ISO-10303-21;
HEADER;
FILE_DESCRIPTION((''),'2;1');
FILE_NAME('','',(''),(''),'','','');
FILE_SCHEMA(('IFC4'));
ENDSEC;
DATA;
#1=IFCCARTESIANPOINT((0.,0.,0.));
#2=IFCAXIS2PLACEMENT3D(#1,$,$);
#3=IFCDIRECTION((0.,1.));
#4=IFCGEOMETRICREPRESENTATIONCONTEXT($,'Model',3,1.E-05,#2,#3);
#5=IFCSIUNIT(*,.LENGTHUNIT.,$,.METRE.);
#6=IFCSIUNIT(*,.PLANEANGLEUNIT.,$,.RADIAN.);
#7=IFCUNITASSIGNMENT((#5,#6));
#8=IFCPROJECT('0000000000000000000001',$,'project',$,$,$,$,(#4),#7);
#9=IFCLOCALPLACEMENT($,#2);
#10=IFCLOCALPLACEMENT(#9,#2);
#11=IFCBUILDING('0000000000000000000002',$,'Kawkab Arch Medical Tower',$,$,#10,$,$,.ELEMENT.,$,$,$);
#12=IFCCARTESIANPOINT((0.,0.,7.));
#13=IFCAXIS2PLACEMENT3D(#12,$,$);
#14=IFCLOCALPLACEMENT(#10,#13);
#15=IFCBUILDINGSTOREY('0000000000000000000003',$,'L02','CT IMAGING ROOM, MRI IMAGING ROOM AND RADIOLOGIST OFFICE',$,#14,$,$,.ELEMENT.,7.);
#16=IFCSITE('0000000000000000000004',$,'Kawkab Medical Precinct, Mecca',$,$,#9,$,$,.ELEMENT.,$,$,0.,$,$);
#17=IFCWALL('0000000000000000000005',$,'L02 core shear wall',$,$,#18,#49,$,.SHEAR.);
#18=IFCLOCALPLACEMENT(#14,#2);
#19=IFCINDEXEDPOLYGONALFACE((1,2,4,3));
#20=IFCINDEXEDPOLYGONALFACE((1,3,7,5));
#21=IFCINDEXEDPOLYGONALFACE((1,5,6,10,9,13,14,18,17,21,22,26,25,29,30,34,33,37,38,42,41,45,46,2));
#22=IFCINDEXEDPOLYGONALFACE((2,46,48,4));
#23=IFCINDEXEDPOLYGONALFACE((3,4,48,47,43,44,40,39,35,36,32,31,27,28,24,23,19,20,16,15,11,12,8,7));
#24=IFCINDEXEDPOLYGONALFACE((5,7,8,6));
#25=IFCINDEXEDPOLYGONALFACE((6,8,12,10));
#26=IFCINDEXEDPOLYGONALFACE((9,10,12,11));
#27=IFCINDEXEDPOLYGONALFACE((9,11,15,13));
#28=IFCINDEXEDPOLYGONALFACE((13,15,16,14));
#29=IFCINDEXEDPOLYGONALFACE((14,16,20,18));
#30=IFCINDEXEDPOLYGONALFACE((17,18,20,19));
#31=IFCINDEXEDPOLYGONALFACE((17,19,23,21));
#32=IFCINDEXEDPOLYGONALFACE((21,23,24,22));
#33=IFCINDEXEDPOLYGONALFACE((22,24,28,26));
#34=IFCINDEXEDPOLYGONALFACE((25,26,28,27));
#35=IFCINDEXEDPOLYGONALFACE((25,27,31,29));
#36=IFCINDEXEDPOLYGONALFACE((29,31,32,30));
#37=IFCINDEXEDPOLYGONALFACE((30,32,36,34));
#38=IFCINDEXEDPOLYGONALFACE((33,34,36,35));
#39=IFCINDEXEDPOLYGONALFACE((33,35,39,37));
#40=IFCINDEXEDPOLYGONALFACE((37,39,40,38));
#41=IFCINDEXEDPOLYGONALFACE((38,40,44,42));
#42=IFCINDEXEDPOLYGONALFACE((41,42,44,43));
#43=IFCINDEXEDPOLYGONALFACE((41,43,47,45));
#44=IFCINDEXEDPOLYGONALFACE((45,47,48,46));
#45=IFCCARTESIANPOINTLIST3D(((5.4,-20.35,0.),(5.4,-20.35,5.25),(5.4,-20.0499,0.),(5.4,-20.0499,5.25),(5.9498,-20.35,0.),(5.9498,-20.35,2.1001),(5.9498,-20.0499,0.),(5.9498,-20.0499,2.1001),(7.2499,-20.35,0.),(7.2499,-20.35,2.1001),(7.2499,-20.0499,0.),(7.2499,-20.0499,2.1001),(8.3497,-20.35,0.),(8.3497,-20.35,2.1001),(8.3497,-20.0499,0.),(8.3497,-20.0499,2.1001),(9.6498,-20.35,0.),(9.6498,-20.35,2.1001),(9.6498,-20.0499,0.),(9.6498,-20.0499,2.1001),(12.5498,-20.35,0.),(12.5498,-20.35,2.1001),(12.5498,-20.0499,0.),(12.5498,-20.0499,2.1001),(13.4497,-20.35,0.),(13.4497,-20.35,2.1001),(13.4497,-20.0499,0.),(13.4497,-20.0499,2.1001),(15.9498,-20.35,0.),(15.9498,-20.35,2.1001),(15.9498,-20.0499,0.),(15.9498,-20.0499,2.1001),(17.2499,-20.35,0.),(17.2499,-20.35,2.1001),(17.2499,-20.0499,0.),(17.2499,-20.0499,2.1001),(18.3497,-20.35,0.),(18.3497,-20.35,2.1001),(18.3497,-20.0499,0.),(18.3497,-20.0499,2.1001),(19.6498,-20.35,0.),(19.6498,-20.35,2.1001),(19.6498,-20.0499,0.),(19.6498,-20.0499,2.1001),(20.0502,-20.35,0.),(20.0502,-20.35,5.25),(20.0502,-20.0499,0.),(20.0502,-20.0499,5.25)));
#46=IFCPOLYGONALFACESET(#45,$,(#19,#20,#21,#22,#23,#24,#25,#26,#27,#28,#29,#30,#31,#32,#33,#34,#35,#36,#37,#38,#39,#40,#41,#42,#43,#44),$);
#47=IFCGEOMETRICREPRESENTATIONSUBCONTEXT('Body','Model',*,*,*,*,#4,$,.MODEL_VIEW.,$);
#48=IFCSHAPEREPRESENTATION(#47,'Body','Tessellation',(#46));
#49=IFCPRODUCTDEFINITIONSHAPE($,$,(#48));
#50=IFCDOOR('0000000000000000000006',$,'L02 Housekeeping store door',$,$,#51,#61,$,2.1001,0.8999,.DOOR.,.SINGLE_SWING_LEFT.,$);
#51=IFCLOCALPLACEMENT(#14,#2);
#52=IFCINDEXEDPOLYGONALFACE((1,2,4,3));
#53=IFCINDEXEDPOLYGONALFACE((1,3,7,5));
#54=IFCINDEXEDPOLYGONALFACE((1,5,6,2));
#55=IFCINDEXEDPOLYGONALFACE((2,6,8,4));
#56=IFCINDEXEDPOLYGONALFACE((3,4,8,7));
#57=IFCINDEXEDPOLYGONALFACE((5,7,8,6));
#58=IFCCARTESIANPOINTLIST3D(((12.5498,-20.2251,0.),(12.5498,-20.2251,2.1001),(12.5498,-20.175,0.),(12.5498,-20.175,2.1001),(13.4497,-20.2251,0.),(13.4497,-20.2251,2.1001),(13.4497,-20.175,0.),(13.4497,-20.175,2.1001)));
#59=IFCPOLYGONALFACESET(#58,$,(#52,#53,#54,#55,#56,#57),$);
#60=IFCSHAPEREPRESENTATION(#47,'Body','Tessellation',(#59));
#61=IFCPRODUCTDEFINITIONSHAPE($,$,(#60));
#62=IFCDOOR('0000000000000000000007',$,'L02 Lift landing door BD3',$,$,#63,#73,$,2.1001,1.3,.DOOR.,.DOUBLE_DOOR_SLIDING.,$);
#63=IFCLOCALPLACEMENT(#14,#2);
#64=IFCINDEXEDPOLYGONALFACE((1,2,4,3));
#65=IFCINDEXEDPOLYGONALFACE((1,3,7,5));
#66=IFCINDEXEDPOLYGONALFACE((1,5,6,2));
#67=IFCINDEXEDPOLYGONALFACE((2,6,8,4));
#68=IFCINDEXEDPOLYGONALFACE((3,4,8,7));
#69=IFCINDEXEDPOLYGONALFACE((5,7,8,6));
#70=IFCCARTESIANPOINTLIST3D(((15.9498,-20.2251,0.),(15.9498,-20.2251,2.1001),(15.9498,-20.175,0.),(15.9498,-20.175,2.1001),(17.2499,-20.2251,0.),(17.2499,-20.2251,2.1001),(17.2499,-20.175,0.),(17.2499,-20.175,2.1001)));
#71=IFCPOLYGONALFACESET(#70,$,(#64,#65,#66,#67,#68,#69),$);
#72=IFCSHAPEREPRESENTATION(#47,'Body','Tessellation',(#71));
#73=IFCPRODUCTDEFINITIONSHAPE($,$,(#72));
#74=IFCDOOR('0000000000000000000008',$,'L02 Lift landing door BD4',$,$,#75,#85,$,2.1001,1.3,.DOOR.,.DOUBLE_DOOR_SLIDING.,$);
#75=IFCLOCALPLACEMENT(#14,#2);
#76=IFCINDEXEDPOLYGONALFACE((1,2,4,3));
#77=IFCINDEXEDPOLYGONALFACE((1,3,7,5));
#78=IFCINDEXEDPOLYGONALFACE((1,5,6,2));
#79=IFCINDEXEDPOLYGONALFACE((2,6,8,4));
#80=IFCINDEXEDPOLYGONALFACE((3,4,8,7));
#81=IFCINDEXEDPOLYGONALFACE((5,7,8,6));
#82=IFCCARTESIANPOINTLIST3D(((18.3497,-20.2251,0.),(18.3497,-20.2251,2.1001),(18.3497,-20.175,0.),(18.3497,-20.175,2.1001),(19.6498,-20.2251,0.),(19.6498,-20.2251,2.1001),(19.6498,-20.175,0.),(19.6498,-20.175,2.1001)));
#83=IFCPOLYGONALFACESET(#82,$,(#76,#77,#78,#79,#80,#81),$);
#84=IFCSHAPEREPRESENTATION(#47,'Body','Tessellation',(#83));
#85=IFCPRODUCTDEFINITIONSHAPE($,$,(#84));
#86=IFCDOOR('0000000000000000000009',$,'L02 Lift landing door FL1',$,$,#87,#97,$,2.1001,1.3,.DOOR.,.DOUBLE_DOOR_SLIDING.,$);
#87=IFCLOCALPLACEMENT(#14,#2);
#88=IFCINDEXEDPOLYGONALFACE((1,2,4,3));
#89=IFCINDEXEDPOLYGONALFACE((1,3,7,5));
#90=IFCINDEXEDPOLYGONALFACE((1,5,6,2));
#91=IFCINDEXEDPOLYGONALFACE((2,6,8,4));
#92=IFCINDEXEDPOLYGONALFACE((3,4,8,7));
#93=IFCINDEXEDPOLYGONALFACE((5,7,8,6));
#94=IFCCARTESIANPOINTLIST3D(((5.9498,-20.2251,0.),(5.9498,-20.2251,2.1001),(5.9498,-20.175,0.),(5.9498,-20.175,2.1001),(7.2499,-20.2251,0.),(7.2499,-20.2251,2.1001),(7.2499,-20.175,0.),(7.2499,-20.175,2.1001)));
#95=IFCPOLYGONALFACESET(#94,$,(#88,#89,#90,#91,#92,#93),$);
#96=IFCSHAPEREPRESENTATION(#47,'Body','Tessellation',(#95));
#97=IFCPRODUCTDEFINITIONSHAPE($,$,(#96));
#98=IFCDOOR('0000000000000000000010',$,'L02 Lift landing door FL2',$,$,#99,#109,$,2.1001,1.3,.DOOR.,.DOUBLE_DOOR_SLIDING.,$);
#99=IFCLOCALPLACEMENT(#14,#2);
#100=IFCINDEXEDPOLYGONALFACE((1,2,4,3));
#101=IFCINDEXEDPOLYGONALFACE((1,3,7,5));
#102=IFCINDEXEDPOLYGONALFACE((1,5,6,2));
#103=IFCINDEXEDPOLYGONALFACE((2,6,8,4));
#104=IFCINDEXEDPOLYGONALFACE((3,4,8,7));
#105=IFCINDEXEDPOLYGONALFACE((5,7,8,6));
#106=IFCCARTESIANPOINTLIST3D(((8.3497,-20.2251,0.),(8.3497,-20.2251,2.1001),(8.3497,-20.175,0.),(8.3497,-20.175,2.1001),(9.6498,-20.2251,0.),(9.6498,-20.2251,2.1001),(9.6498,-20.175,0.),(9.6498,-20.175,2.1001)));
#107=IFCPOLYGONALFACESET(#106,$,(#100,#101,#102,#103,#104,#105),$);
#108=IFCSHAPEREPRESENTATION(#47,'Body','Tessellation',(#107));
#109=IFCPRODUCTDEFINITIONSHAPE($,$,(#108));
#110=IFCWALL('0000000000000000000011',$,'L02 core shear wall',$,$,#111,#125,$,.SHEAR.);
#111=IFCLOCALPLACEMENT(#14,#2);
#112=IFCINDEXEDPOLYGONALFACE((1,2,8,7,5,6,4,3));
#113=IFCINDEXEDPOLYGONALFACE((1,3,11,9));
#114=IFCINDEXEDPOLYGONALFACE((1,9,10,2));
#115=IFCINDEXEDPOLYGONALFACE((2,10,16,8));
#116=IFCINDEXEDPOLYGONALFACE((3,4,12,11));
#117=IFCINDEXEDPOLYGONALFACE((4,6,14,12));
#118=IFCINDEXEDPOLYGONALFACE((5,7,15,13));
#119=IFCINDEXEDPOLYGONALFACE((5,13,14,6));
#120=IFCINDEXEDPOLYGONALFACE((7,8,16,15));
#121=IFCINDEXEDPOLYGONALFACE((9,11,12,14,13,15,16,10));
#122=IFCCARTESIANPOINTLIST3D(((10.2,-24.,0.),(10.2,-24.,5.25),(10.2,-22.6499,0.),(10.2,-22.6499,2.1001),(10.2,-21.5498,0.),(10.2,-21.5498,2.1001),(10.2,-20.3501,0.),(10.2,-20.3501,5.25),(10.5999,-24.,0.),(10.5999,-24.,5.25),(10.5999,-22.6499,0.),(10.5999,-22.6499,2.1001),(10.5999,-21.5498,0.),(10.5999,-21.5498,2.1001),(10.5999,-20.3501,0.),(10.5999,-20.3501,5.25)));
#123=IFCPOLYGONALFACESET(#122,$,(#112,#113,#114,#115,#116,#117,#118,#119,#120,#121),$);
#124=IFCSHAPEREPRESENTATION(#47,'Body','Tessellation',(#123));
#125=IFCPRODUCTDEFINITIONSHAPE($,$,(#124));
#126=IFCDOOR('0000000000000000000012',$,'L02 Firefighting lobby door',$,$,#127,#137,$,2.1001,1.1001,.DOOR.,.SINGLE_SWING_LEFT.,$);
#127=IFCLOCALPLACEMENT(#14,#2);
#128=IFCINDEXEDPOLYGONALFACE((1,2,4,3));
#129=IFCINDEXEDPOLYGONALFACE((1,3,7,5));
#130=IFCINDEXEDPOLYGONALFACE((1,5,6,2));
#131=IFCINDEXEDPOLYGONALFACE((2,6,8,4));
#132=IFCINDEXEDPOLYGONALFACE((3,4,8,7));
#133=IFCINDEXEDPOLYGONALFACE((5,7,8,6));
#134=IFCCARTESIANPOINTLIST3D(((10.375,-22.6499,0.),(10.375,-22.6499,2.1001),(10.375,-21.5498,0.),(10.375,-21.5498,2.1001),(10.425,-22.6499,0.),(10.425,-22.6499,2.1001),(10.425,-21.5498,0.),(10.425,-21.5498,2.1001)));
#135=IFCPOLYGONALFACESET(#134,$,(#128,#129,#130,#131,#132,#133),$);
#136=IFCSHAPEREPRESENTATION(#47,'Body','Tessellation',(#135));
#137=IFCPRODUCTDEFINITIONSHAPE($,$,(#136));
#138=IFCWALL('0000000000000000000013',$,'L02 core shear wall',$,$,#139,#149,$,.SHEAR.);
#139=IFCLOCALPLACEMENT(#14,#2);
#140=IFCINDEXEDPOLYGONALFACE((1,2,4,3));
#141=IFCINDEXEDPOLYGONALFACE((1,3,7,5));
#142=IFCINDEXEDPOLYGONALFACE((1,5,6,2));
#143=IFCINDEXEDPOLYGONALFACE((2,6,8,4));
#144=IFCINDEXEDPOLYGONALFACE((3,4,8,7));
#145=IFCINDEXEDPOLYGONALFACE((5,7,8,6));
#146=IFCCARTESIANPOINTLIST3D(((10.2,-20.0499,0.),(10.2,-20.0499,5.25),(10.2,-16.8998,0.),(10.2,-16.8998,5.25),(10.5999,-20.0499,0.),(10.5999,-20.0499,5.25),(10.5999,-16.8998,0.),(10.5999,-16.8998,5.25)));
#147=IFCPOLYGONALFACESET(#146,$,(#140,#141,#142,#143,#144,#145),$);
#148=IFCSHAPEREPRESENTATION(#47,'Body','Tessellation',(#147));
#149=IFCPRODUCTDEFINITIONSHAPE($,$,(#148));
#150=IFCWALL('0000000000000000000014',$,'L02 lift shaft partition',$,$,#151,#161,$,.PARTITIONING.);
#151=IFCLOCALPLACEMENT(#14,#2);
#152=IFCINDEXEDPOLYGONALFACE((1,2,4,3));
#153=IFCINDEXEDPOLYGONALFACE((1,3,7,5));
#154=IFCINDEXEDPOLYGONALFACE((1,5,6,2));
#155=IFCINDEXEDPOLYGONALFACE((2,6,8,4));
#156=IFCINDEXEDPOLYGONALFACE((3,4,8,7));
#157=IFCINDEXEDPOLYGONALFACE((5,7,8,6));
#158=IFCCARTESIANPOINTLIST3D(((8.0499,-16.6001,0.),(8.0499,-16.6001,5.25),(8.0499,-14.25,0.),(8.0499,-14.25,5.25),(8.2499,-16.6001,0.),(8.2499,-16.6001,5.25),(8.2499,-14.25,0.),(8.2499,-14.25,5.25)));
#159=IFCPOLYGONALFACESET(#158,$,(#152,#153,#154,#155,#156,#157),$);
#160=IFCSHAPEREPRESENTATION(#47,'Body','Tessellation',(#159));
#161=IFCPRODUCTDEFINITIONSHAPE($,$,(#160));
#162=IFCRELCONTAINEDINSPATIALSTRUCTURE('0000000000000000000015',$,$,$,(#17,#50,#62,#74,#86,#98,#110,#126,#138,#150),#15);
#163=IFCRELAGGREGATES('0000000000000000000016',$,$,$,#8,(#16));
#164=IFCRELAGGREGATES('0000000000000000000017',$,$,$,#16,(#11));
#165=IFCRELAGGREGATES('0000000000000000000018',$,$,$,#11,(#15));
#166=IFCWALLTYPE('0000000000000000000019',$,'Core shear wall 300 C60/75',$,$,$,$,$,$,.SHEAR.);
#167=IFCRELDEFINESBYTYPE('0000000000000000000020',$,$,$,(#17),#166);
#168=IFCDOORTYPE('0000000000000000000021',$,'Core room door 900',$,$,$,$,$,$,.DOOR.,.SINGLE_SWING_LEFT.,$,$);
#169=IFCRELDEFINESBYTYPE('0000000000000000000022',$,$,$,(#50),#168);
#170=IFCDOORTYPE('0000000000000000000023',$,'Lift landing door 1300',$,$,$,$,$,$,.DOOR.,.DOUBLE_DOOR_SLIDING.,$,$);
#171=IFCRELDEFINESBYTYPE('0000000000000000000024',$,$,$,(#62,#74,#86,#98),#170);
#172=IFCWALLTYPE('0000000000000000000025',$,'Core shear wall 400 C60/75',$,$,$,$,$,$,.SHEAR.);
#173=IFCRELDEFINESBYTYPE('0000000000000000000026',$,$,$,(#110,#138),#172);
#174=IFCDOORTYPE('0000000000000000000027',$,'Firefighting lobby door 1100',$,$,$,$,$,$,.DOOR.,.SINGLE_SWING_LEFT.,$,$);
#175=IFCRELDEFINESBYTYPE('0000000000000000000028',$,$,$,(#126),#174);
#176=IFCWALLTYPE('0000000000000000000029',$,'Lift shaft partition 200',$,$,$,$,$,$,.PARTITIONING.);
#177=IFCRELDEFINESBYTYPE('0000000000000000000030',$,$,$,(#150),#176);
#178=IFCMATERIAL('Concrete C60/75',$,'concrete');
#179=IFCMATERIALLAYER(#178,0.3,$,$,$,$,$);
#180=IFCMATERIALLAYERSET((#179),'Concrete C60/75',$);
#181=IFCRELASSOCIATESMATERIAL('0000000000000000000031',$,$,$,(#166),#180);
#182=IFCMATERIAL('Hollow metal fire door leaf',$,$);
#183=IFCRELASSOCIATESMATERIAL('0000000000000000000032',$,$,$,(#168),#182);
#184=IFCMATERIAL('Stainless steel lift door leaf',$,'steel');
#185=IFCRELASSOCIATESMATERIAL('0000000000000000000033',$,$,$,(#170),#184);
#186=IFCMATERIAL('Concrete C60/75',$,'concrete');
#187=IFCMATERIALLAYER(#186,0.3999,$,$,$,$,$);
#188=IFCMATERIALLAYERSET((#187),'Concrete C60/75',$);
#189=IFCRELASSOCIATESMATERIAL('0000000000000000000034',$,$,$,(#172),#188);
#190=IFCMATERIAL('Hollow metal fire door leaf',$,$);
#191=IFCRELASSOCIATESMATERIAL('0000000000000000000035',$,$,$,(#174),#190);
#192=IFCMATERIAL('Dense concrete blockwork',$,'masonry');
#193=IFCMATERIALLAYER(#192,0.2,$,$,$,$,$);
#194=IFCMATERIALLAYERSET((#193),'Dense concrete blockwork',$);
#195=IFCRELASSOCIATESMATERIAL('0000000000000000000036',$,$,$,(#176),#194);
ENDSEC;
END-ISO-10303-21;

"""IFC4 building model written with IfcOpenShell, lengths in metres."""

from ifc_helpers import new_model, si_unit, direction, frame, frame_2d, origin, place, context, subcontext, project, spatial, rectangle, extrude, material, layer, layer_set, type_object, element, fill, save


model = new_model("IFC4")

# Units and contexts
model_context = context("Model", 3, precision=1e-05, world=origin(), true_north=direction((0.0, 1.0)))
body_context = subcontext(model_context, "Body", "Model", "MODEL_VIEW")
ifc_project = project(units=[si_unit("LENGTHUNIT", "METRE"), si_unit("PLANEANGLEUNIT", "RADIAN")], contexts=[model_context])

# Site, building, storey
site_placement = place(None, origin())
site = spatial("IfcSite", under=ifc_project, at=site_placement, Name="Kawkab Medical Precinct, Mecca", CompositionType="ELEMENT", RefElevation=0.0)
building_placement = place(site_placement, origin())
building = spatial("IfcBuilding", under=site, at=building_placement, Name="Kawkab Arch Medical Tower", CompositionType="ELEMENT")
storey_placement = place(building_placement, frame((0.0, 0.0, 7.0)))
storey = spatial("IfcBuildingStorey", under=building, at=storey_placement, Name="L02", Description="CT IMAGING ROOM, MRI IMAGING ROOM AND RADIOLOGIST OFFICE", CompositionType="ELEMENT", Elevation=7.0)

# Shared definitions
ifc_material_1 = material(Name="Concrete C60/75", Category="concrete")
ifc_layer_1 = layer(ifc_material_1, 0.3)
ifc_layer_set_1 = layer_set([ifc_layer_1], Name="Concrete C60/75")
wall_type_1 = type_object("IfcWallType", Name="Core shear wall 300 C60/75", PredefinedType="SHEAR", material=ifc_layer_set_1)

# Wall, openings, doors
wall_1_placement = place(storey_placement, frame((5.3999, -20.2, 0.0), z_axis=(0.0, 0.0, 1.0), x_axis=(1.0, 0.0, 0.0)))
wall_1 = element("IfcWall", 1, at=wall_1_placement, inside=storey, type_object=wall_type_1, Name="L02 core shear wall", PredefinedType="SHEAR", context=body_context, shape_type="SweptSolid", body=[
    extrude(rectangle(XDim=14.6501, YDim=0.3, at=frame_2d((7.3252, 0.0))), origin(), (0.0, 0.0, 1.0), 5.25),
])
opening_1_placement = place(wall_1_placement, frame((10.55, 0.0, 0.0)))
opening_1 = element("IfcOpeningElement", 2, at=opening_1_placement, cuts=wall_1, PredefinedType="OPENING", context=body_context, shape_type="SweptSolid", body=[
    extrude(rectangle(XDim=1.3, YDim=2.1001, at=frame_2d((0.6499, 1.05))), frame((0.0, 0.1599, 0.0), z_axis=(0.0, -1.0, 0.0), x_axis=(1.0, 0.0, 0.0)), (0.0, 0.0, 1.0), 0.3201),
])
opening_2_placement = place(wall_1_placement, frame((12.95, 0.0, 0.0)))
opening_2 = element("IfcOpeningElement", 3, at=opening_2_placement, cuts=wall_1, PredefinedType="OPENING", context=body_context, shape_type="SweptSolid", body=[
    extrude(rectangle(XDim=1.3, YDim=2.1001, at=frame_2d((0.6499, 1.05))), frame((0.0, 0.1599, 0.0), z_axis=(0.0, -1.0, 0.0), x_axis=(1.0, 0.0, 0.0)), (0.0, 0.0, 1.0), 0.3201),
])
opening_3_placement = place(wall_1_placement, frame((0.55, 0.0, 0.0)))
opening_3 = element("IfcOpeningElement", 4, at=opening_3_placement, cuts=wall_1, PredefinedType="OPENING", context=body_context, shape_type="SweptSolid", body=[
    extrude(rectangle(XDim=1.3, YDim=2.1001, at=frame_2d((0.6499, 1.05))), frame((0.0, 0.1599, 0.0), z_axis=(0.0, -1.0, 0.0), x_axis=(1.0, 0.0, 0.0)), (0.0, 0.0, 1.0), 0.3201),
])
opening_4_placement = place(wall_1_placement, frame((2.95, 0.0, 0.0)))
opening_4 = element("IfcOpeningElement", 5, at=opening_4_placement, cuts=wall_1, PredefinedType="OPENING", context=body_context, shape_type="SweptSolid", body=[
    extrude(rectangle(XDim=1.3, YDim=2.1001, at=frame_2d((0.6499, 1.05))), frame((0.0, 0.1599, 0.0), z_axis=(0.0, -1.0, 0.0), x_axis=(1.0, 0.0, 0.0)), (0.0, 0.0, 1.0), 0.3201),
])
opening_5_placement = place(wall_1_placement, frame((7.1499, 0.0, 0.0)))
opening_5 = element("IfcOpeningElement", 6, at=opening_5_placement, cuts=wall_1, PredefinedType="OPENING", context=body_context, shape_type="SweptSolid", body=[
    extrude(rectangle(XDim=0.8999, YDim=2.1001, at=frame_2d((0.45, 1.05))), frame((0.0, 0.1599, 0.0), z_axis=(0.0, -1.0, 0.0), x_axis=(1.0, 0.0, 0.0)), (0.0, 0.0, 1.0), 0.3201),
])
ifc_material_2 = material(Name="Hollow metal fire door leaf")
door_type_1 = type_object("IfcDoorType", Name="Core room door 900", OperationType="SINGLE_SWING_LEFT", PredefinedType="DOOR", material=ifc_material_2)
door_1_placement = place(opening_5_placement, origin())
door_1 = element("IfcDoor", 7, at=door_1_placement, inside=storey, type_object=door_type_1, Name="L02 Housekeeping store door", OperationType="SINGLE_SWING_LEFT", OverallHeight=2.1001, OverallWidth=0.8999, PredefinedType="DOOR", context=body_context, shape_type="SweptSolid", body=[
    extrude(rectangle(XDim=0.8999, YDim=2.1001, at=frame_2d((0.45, 1.05))), frame((0.0, 0.0249, 0.0), z_axis=(0.0, -1.0, 0.0), x_axis=(1.0, 0.0, 0.0)), (0.0, 0.0, 1.0), 0.05),
])
fill(opening_5, door_1)
ifc_material_3 = material(Name="Stainless steel lift door leaf", Category="steel")
door_type_2 = type_object("IfcDoorType", Name="Lift landing door 1300", OperationType="DOUBLE_DOOR_SLIDING", PredefinedType="DOOR", material=ifc_material_3)
door_2_placement = place(opening_1_placement, origin())
door_2 = element("IfcDoor", 8, at=door_2_placement, inside=storey, type_object=door_type_2, Name="L02 Lift landing door BD3", OperationType="DOUBLE_DOOR_SLIDING", OverallHeight=2.1001, OverallWidth=1.3, PredefinedType="DOOR", context=body_context, shape_type="SweptSolid", body=[
    extrude(rectangle(XDim=1.3, YDim=2.1001, at=frame_2d((0.6499, 1.05))), frame((0.0, 0.0249, 0.0), z_axis=(0.0, -1.0, 0.0), x_axis=(1.0, 0.0, 0.0)), (0.0, 0.0, 1.0), 0.05),
])
fill(opening_1, door_2)
door_3_placement = place(opening_2_placement, origin())
door_3 = element("IfcDoor", 9, at=door_3_placement, inside=storey, type_object=door_type_2, Name="L02 Lift landing door BD4", OperationType="DOUBLE_DOOR_SLIDING", OverallHeight=2.1001, OverallWidth=1.3, PredefinedType="DOOR", context=body_context, shape_type="SweptSolid", body=[
    extrude(rectangle(XDim=1.3, YDim=2.1001, at=frame_2d((0.6499, 1.05))), frame((0.0, 0.0249, 0.0), z_axis=(0.0, -1.0, 0.0), x_axis=(1.0, 0.0, 0.0)), (0.0, 0.0, 1.0), 0.05),
])
fill(opening_2, door_3)
door_4_placement = place(opening_3_placement, origin())
door_4 = element("IfcDoor", 10, at=door_4_placement, inside=storey, type_object=door_type_2, Name="L02 Lift landing door FL1", OperationType="DOUBLE_DOOR_SLIDING", OverallHeight=2.1001, OverallWidth=1.3, PredefinedType="DOOR", context=body_context, shape_type="SweptSolid", body=[
    extrude(rectangle(XDim=1.3, YDim=2.1001, at=frame_2d((0.6499, 1.05))), frame((0.0, 0.0249, 0.0), z_axis=(0.0, -1.0, 0.0), x_axis=(1.0, 0.0, 0.0)), (0.0, 0.0, 1.0), 0.05),
])
fill(opening_3, door_4)
door_5_placement = place(opening_4_placement, origin())
door_5 = element("IfcDoor", 11, at=door_5_placement, inside=storey, type_object=door_type_2, Name="L02 Lift landing door FL2", OperationType="DOUBLE_DOOR_SLIDING", OverallHeight=2.1001, OverallWidth=1.3, PredefinedType="DOOR", context=body_context, shape_type="SweptSolid", body=[
    extrude(rectangle(XDim=1.3, YDim=2.1001, at=frame_2d((0.6499, 1.05))), frame((0.0, 0.0249, 0.0), z_axis=(0.0, -1.0, 0.0), x_axis=(1.0, 0.0, 0.0)), (0.0, 0.0, 1.0), 0.05),
])
fill(opening_4, door_5)

# Wall, opening, door
ifc_material_4 = material(Name="Concrete C60/75", Category="concrete")
ifc_layer_2 = layer(ifc_material_4, 0.3999)
ifc_layer_set_2 = layer_set([ifc_layer_2], Name="Concrete C60/75")
wall_type_2 = type_object("IfcWallType", Name="Core shear wall 400 C60/75", PredefinedType="SHEAR", material=ifc_layer_set_2)
wall_2_placement = place(storey_placement, frame((10.3999, -24.0, 0.0), z_axis=(0.0, 0.0, 1.0), x_axis=(0.0, 1.0, 0.0)))
wall_2 = element("IfcWall", 12, at=wall_2_placement, inside=storey, type_object=wall_type_2, Name="L02 core shear wall", PredefinedType="SHEAR", context=body_context, shape_type="SweptSolid", body=[
    extrude(rectangle(XDim=3.6499, YDim=0.3999, at=frame_2d((1.825, 0.0))), origin(), (0.0, 0.0, 1.0), 5.25),
])
opening_6_placement = place(wall_2_placement, frame((1.3501, 0.0, 0.0)))
opening_6 = element("IfcOpeningElement", 13, at=opening_6_placement, cuts=wall_2, PredefinedType="OPENING", context=body_context, shape_type="SweptSolid", body=[
    extrude(rectangle(XDim=1.1001, YDim=2.1001, at=frame_2d((0.55, 1.05))), frame((0.0, 0.21, 0.0), z_axis=(0.0, -1.0, 0.0), x_axis=(1.0, 0.0, 0.0)), (0.0, 0.0, 1.0), 0.4199),
])
ifc_material_5 = material(Name="Hollow metal fire door leaf")
door_type_3 = type_object("IfcDoorType", Name="Firefighting lobby door 1100", OperationType="SINGLE_SWING_LEFT", PredefinedType="DOOR", material=ifc_material_5)
door_6_placement = place(opening_6_placement, origin())
door_6 = element("IfcDoor", 14, at=door_6_placement, inside=storey, type_object=door_type_3, Name="L02 Firefighting lobby door", OperationType="SINGLE_SWING_LEFT", OverallHeight=2.1001, OverallWidth=1.1001, PredefinedType="DOOR", context=body_context, shape_type="SweptSolid", body=[
    extrude(rectangle(XDim=1.1001, YDim=2.1001, at=frame_2d((0.55, 1.05))), frame((0.0, 0.0249, 0.0), z_axis=(0.0, -1.0, 0.0), x_axis=(1.0, 0.0, 0.0)), (0.0, 0.0, 1.0), 0.05),
])
fill(opening_6, door_6)

# Walls
wall_3_placement = place(storey_placement, frame((10.3999, -20.05, 0.0), z_axis=(0.0, 0.0, 1.0), x_axis=(0.0, 1.0, 0.0)))
element("IfcWall", 15, at=wall_3_placement, inside=storey, type_object=wall_type_2, Name="L02 core shear wall", PredefinedType="SHEAR", context=body_context, shape_type="SweptSolid", body=[
    extrude(rectangle(XDim=3.1501, YDim=0.3999, at=frame_2d((1.5752, 0.0))), origin(), (0.0, 0.0, 1.0), 5.25),
])
ifc_material_6 = material(Name="Dense concrete blockwork", Category="masonry")
ifc_layer_3 = layer(ifc_material_6, 0.2)
ifc_layer_set_3 = layer_set([ifc_layer_3], Name="Dense concrete blockwork")
wall_type_3 = type_object("IfcWallType", Name="Lift shaft partition 200", PredefinedType="PARTITIONING", material=ifc_layer_set_3)
wall_4_placement = place(storey_placement, frame((8.1499, -16.6001, 0.0), z_axis=(0.0, 0.0, 1.0), x_axis=(0.0, 1.0, 0.0)))
element("IfcWall", 16, at=wall_4_placement, inside=storey, type_object=wall_type_3, Name="L02 lift shaft partition", PredefinedType="PARTITIONING", context=body_context, shape_type="SweptSolid", body=[
    extrude(rectangle(XDim=2.3501, YDim=0.2, at=frame_2d((1.175, 0.0))), origin(), (0.0, 0.0, 1.0), 5.25),
])

save(model, "model.ifc")
